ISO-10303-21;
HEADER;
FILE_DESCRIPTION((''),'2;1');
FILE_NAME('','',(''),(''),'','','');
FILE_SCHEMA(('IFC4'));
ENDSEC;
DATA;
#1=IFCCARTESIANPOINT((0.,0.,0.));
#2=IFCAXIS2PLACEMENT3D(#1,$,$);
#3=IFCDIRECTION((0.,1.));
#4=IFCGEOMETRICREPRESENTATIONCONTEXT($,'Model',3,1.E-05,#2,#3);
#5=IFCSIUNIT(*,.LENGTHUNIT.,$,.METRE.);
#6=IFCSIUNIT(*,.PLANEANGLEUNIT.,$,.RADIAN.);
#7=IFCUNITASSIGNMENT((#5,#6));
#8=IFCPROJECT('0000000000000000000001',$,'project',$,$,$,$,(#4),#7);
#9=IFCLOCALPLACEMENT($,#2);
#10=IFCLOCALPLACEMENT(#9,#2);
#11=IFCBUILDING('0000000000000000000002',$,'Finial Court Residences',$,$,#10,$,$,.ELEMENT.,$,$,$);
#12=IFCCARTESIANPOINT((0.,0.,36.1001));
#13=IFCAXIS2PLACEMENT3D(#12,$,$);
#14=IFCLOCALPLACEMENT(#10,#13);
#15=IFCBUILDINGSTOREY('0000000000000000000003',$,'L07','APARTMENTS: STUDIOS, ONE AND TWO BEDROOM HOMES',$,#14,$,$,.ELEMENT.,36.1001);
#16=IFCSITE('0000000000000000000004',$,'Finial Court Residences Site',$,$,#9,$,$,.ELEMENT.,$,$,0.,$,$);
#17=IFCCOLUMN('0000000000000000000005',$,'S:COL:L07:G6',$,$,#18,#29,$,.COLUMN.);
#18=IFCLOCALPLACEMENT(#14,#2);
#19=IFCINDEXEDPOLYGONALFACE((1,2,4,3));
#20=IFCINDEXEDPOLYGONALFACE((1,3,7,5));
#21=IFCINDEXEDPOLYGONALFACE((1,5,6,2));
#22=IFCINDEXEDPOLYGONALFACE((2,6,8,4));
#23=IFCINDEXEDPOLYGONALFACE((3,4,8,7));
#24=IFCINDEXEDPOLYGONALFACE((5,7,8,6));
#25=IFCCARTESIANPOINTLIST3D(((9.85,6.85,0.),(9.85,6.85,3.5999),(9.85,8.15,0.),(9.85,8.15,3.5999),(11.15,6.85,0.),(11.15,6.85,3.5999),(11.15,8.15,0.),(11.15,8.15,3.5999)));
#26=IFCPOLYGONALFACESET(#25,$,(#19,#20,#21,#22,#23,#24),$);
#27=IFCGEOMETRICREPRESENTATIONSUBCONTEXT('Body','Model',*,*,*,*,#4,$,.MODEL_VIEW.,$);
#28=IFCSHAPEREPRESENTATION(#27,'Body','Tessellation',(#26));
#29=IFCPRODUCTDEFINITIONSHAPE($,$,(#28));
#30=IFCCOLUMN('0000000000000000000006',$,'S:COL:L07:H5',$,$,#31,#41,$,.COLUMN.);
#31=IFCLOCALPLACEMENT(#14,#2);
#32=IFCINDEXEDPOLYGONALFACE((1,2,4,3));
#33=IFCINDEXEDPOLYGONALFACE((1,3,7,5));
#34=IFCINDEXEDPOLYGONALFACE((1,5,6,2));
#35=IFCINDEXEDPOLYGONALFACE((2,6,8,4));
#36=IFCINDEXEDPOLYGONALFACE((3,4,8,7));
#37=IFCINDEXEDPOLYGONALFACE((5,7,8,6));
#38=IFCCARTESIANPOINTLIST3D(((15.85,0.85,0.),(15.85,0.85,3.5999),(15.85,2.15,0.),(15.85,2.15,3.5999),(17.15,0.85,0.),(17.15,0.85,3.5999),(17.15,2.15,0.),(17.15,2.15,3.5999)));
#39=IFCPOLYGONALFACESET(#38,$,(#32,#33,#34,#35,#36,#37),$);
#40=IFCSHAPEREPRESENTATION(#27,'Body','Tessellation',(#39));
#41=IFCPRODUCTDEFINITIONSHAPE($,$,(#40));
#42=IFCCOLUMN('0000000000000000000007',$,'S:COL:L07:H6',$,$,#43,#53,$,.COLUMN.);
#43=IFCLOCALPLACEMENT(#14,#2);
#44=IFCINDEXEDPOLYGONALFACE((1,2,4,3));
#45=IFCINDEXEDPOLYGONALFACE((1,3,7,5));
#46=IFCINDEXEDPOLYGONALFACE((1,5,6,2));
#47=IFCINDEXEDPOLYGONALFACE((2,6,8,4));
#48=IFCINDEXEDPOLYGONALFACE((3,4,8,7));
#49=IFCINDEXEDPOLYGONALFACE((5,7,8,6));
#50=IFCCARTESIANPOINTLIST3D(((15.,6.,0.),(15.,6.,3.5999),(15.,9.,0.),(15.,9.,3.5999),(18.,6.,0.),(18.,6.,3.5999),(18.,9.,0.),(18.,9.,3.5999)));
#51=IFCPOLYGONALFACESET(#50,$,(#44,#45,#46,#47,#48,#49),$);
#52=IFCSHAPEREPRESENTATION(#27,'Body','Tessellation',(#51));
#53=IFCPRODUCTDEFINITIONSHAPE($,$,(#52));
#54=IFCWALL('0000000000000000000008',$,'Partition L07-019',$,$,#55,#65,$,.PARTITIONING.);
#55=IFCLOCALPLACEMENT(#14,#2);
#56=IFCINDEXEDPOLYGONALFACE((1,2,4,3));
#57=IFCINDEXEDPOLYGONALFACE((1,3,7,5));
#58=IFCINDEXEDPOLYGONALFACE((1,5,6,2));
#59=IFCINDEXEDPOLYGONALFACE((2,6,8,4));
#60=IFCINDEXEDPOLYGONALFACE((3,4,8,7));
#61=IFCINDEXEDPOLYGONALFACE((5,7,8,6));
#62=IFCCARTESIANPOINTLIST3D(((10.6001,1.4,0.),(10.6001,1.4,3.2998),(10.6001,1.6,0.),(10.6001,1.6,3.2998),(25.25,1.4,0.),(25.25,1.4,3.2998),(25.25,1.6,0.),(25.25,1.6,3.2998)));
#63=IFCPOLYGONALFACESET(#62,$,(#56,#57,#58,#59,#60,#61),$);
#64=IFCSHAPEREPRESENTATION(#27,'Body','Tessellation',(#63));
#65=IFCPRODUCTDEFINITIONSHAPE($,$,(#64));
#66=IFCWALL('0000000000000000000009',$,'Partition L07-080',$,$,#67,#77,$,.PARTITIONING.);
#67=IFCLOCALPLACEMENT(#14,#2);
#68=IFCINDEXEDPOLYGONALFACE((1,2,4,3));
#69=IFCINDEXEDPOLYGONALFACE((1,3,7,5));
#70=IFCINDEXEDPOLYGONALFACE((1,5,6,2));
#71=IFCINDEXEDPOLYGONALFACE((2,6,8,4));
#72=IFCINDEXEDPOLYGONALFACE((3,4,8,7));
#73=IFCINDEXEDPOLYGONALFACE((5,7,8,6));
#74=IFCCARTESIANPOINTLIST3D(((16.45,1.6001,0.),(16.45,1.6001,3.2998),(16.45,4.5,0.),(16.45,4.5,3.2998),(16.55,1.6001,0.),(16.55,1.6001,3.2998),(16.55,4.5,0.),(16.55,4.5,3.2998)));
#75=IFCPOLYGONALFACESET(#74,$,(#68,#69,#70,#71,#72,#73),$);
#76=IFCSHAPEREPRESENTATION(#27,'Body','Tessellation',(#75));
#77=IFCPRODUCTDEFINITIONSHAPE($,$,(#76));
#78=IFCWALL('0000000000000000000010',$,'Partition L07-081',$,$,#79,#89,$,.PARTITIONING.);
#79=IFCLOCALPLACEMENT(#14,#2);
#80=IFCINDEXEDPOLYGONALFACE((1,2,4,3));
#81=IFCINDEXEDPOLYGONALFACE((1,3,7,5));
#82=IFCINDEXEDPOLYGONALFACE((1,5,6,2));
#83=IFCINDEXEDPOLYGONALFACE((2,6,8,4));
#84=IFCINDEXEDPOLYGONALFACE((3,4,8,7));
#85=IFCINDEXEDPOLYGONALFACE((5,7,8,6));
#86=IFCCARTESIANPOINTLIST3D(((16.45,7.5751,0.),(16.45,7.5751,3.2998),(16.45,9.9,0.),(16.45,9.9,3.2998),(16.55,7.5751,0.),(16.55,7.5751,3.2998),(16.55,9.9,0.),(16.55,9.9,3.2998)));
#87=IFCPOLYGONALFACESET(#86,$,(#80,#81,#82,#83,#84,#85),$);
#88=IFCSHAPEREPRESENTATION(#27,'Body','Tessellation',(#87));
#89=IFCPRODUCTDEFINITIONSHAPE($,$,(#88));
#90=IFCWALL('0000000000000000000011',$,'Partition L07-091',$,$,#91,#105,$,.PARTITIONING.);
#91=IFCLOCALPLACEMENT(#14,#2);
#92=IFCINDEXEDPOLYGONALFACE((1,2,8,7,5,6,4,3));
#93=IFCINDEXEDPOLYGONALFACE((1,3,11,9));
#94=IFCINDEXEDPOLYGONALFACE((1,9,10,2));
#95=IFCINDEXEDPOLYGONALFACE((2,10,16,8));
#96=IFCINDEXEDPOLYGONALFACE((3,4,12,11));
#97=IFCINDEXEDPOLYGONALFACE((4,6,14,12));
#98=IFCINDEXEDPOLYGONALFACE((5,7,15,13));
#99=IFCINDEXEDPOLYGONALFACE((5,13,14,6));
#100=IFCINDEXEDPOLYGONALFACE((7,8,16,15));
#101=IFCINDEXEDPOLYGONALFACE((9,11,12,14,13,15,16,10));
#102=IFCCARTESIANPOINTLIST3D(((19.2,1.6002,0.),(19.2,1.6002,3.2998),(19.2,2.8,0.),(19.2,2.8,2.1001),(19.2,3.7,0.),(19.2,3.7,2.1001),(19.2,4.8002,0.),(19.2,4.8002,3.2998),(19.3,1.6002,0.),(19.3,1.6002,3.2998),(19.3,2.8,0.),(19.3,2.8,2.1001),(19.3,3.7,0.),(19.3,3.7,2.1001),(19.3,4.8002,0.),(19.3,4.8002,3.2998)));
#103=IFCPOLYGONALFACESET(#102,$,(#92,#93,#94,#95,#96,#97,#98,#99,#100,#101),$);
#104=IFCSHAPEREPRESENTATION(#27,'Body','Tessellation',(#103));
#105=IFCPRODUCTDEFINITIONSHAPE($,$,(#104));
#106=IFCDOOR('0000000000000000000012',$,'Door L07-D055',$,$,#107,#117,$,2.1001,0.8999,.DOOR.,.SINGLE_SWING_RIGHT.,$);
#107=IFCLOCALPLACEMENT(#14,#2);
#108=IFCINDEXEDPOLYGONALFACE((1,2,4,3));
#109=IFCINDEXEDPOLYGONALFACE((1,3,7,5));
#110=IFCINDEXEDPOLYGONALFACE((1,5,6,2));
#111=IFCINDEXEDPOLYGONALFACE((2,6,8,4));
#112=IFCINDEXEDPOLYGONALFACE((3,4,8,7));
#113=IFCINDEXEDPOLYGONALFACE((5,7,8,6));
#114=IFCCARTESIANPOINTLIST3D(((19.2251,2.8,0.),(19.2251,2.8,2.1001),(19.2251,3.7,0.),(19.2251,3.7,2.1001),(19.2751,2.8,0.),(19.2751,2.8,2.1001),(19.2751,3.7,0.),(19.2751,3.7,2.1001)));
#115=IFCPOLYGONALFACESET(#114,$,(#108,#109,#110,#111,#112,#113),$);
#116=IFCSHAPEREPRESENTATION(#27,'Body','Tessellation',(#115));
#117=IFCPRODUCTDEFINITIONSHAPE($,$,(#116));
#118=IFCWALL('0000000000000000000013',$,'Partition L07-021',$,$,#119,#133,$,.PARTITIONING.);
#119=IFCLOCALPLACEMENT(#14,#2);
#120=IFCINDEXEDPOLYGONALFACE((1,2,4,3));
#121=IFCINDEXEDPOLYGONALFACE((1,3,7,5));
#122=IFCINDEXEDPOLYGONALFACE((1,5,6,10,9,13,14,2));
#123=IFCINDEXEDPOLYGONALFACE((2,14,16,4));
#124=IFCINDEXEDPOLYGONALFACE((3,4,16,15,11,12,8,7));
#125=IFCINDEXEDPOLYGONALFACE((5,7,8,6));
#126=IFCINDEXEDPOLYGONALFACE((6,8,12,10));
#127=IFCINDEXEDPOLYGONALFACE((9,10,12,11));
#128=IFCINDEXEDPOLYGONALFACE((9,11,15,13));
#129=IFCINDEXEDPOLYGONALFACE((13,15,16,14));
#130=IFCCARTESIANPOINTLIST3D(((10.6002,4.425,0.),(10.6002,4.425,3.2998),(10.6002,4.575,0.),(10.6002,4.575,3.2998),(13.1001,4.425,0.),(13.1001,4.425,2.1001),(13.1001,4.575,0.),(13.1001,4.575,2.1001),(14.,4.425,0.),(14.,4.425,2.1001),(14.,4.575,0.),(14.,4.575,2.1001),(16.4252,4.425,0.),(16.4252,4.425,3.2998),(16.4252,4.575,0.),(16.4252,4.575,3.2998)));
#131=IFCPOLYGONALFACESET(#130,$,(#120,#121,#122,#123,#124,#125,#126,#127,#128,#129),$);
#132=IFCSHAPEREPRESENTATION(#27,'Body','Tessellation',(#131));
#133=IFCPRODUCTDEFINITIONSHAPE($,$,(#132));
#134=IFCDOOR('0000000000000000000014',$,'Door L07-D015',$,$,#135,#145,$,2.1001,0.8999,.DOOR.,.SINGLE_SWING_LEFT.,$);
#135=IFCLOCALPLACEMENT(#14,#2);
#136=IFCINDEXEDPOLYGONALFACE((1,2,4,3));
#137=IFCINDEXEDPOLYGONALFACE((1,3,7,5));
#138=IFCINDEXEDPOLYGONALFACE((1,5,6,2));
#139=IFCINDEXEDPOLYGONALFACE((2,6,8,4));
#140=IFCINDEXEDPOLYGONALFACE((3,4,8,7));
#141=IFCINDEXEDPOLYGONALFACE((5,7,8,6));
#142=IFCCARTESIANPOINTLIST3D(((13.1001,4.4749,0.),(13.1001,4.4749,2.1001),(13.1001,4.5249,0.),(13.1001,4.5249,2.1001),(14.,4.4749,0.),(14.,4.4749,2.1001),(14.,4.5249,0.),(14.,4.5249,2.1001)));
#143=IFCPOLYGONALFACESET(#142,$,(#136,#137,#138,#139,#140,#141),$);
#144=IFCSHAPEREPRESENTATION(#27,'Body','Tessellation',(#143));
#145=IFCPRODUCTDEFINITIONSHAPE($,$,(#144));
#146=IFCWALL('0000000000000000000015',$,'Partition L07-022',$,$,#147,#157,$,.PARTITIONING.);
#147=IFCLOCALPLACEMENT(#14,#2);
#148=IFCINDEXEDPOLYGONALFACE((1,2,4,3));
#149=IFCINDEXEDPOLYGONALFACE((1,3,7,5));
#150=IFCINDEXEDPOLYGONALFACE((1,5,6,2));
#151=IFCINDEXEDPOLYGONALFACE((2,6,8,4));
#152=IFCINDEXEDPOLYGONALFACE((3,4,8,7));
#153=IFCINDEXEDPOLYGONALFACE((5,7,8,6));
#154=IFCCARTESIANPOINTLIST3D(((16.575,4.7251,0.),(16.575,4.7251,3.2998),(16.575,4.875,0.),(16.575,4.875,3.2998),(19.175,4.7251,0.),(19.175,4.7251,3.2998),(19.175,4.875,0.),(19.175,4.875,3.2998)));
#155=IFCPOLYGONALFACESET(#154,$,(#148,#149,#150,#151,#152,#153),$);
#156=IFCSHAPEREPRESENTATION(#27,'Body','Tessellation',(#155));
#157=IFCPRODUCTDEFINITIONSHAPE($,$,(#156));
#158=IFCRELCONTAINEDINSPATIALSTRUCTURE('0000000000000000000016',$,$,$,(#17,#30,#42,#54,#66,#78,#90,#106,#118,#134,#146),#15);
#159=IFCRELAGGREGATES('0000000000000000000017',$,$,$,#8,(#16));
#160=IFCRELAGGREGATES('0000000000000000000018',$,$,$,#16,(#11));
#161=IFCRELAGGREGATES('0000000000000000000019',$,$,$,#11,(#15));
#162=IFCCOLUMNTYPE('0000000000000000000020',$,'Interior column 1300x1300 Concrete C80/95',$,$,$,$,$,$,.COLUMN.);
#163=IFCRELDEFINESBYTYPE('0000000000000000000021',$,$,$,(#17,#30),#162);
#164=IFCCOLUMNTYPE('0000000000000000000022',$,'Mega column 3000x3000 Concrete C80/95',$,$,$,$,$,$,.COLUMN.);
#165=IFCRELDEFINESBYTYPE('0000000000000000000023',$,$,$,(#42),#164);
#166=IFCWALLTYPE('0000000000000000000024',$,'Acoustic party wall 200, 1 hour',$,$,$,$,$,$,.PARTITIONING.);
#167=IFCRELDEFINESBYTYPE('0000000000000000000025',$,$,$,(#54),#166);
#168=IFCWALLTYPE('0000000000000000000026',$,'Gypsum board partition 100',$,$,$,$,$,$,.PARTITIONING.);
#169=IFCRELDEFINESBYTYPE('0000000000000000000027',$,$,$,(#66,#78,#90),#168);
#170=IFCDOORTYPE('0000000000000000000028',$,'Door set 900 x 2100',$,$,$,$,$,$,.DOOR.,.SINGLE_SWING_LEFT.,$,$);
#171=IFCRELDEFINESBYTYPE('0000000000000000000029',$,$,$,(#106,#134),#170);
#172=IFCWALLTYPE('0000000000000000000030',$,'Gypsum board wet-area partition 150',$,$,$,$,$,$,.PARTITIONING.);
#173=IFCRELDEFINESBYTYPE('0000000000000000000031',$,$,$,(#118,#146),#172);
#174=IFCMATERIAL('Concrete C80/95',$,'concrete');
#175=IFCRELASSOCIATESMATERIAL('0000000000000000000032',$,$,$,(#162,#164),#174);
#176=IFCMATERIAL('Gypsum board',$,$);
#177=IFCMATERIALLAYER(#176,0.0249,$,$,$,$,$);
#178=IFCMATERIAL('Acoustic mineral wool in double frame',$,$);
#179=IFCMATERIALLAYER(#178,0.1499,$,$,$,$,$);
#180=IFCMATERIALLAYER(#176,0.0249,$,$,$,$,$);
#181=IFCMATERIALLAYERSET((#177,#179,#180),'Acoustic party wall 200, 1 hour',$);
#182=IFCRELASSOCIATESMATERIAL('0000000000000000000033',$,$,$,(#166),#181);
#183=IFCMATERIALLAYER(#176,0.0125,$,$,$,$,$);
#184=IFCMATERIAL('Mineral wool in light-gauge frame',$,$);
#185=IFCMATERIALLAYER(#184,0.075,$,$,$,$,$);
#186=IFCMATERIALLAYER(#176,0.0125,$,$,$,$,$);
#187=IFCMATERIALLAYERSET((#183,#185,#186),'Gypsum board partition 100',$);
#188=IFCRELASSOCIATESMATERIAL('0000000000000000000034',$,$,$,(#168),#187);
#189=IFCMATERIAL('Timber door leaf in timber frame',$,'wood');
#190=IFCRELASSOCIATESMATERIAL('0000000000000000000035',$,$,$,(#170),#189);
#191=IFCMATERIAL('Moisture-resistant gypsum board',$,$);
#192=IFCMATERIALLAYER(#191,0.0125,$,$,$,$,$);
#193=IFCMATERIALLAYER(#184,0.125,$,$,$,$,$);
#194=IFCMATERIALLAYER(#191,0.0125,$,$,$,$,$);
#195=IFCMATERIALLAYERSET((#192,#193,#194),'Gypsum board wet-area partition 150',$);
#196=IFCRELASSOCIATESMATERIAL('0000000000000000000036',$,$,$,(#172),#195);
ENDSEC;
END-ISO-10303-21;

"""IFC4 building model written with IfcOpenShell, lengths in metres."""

from ifc_helpers import new_model, si_unit, direction, frame, frame_2d, origin, origin_2d, place, context, subcontext, project, spatial, rectangle, extrude, material, layer, layer_set, material_profile, profile_set, type_object, element, fill, save


model = new_model("IFC4")

# Units and contexts
model_context = context("Model", 3, precision=1e-05, world=origin(), true_north=direction((0.0, 1.0)))
body_context = subcontext(model_context, "Body", "Model", "MODEL_VIEW")
ifc_project = project(units=[si_unit("LENGTHUNIT", "METRE"), si_unit("PLANEANGLEUNIT", "RADIAN")], contexts=[model_context])

# Site, building, storey
site_placement = place(None, origin())
site = spatial("IfcSite", under=ifc_project, at=site_placement, Name="Finial Court Residences Site", CompositionType="ELEMENT", RefElevation=0.0)
building_placement = place(site_placement, origin())
building = spatial("IfcBuilding", under=site, at=building_placement, Name="Finial Court Residences", CompositionType="ELEMENT")
storey_placement = place(building_placement, frame((0.0, 0.0, 36.1001)))
storey = spatial("IfcBuildingStorey", under=building, at=storey_placement, Name="L07", Description="APARTMENTS: STUDIOS, ONE AND TWO BEDROOM HOMES", CompositionType="ELEMENT", Elevation=36.1001)

# Columns
ifc_material_1 = material(Name="Concrete C80/95", Category="concrete")
ifc_material_profile_1 = material_profile(ifc_material_1, rectangle(XDim=1.3, YDim=1.3, at=origin_2d()), Name="1300x1300")
ifc_profile_set_1 = profile_set([ifc_material_profile_1], Name="Concrete C80/95")
column_type_1 = type_object("IfcColumnType", Name="Interior column 1300x1300 Concrete C80/95", PredefinedType="COLUMN", material=ifc_profile_set_1)
for number, where, z_axis, x_axis, name in (
    (1, (10.5, 7.5, 0.0), (0.0, 0.0, 1.0), (1.0, 0.0, 0.0), "S:COL:L07:G6"),
    (2, (16.5, 1.5, 0.0), (0.0, 0.0, 1.0), (1.0, 0.0, 0.0), "S:COL:L07:H5"),
):
    element("IfcColumn", number, at=place(storey_placement, frame(where, z_axis=z_axis, x_axis=x_axis)), inside=storey, type_object=column_type_1, Name=name, PredefinedType="COLUMN", context=body_context, shape_type="SweptSolid", body=[
        extrude(rectangle(XDim=1.3, YDim=1.3, at=origin_2d()), origin(), (0.0, 0.0, 1.0), 3.5999),
    ])
ifc_material_profile_2 = material_profile(ifc_material_1, rectangle(XDim=3.0, YDim=3.0, at=origin_2d()), Name="3000x3000")
ifc_profile_set_2 = profile_set([ifc_material_profile_2], Name="Concrete C80/95")
column_type_2 = type_object("IfcColumnType", Name="Mega column 3000x3000 Concrete C80/95", PredefinedType="COLUMN", material=ifc_profile_set_2)
column_placement = place(storey_placement, frame((16.5, 7.5, 0.0), z_axis=(0.0, 0.0, 1.0), x_axis=(1.0, 0.0, 0.0)))
element("IfcColumn", 3, at=column_placement, inside=storey, type_object=column_type_2, Name="S:COL:L07:H6", PredefinedType="COLUMN", context=body_context, shape_type="SweptSolid", body=[
    extrude(rectangle(XDim=3.0, YDim=3.0, at=origin_2d()), origin(), (0.0, 0.0, 1.0), 3.5999),
])

# Walls
ifc_material_2 = material(Name="Gypsum board")
ifc_layer_1 = layer(ifc_material_2, 0.0249)
ifc_material_3 = material(Name="Acoustic mineral wool in double frame")
ifc_layer_2 = layer(ifc_material_3, 0.1499)
ifc_layer_3 = layer(ifc_material_2, 0.0249)
ifc_layer_set_1 = layer_set([ifc_layer_1, ifc_layer_2, ifc_layer_3], Name="Acoustic party wall 200, 1 hour")
wall_type_1 = type_object("IfcWallType", Name="Acoustic party wall 200, 1 hour", PredefinedType="PARTITIONING", material=ifc_layer_set_1)
wall_1_placement = place(storey_placement, frame((10.6001, 1.5, 0.0), z_axis=(0.0, 0.0, 1.0), x_axis=(1.0, 0.0, 0.0)))
element("IfcWall", 4, at=wall_1_placement, inside=storey, type_object=wall_type_1, Name="Partition L07-019", PredefinedType="PARTITIONING", context=body_context, shape_type="SweptSolid", body=[
    extrude(rectangle(XDim=14.6499, YDim=0.2, at=frame_2d((7.325, 0.0))), origin(), (0.0, 0.0, 1.0), 3.2998),
])
ifc_layer_4 = layer(ifc_material_2, 0.0125)
ifc_material_4 = material(Name="Mineral wool in light-gauge frame")
ifc_layer_5 = layer(ifc_material_4, 0.075)
ifc_layer_6 = layer(ifc_material_2, 0.0125)
ifc_layer_set_2 = layer_set([ifc_layer_4, ifc_layer_5, ifc_layer_6], Name="Gypsum board partition 100")
wall_type_2 = type_object("IfcWallType", Name="Gypsum board partition 100", PredefinedType="PARTITIONING", material=ifc_layer_set_2)
wall_2_placement = place(storey_placement, frame((16.5, 1.6001, 0.0), z_axis=(0.0, 0.0, 1.0), x_axis=(0.0, 1.0, 0.0)))
element("IfcWall", 5, at=wall_2_placement, inside=storey, type_object=wall_type_2, Name="Partition L07-080", PredefinedType="PARTITIONING", context=body_context, shape_type="SweptSolid", body=[
    extrude(rectangle(XDim=2.8999, YDim=0.1001, at=frame_2d((1.45, 0.0))), origin(), (0.0, 0.0, 1.0), 3.2998),
])
wall_3_placement = place(storey_placement, frame((16.5, 7.575, 0.0), z_axis=(0.0, 0.0, 1.0), x_axis=(0.0, 1.0, 0.0)))
element("IfcWall", 6, at=wall_3_placement, inside=storey, type_object=wall_type_2, Name="Partition L07-081", PredefinedType="PARTITIONING", context=body_context, shape_type="SweptSolid", body=[
    extrude(rectangle(XDim=2.325, YDim=0.1001, at=frame_2d((1.1626, 0.0))), origin(), (0.0, 0.0, 1.0), 3.2998),
])

# Walls, openings, doors
wall_4_placement = place(storey_placement, frame((19.25, 1.6001, 0.0), z_axis=(0.0, 0.0, 1.0), x_axis=(0.0, 1.0, 0.0)))
wall_4 = element("IfcWall", 7, at=wall_4_placement, inside=storey, type_object=wall_type_2, Name="Partition L07-091", PredefinedType="PARTITIONING", context=body_context, shape_type="SweptSolid", body=[
    extrude(rectangle(XDim=3.2, YDim=0.1001, at=frame_2d((1.6001, 0.0))), origin(), (0.0, 0.0, 1.0), 3.2998),
])
opening_1_placement = place(wall_4_placement, frame((1.2, 0.0, 0.0)))
opening_1 = element("IfcOpeningElement", 8, at=opening_1_placement, cuts=wall_4, PredefinedType="OPENING", context=body_context, shape_type="SweptSolid", body=[
    extrude(rectangle(XDim=0.8999, YDim=2.1001, at=frame_2d((0.45, 1.05))), frame((0.0, 0.0601, 0.0), z_axis=(0.0, -1.0, 0.0), x_axis=(1.0, 0.0, 0.0)), (0.0, 0.0, 1.0), 0.1201),
])
ifc_material_5 = material(Name="Timber door leaf in timber frame", Category="wood")
door_type = type_object("IfcDoorType", Name="Door set 900 x 2100", OperationType="SINGLE_SWING_LEFT", PredefinedType="DOOR", material=ifc_material_5)
door_1_placement = place(opening_1_placement, origin())
door_1 = element("IfcDoor", 9, at=door_1_placement, inside=storey, type_object=door_type, Name="Door L07-D055", OperationType="SINGLE_SWING_RIGHT", OverallHeight=2.1001, OverallWidth=0.8999, PredefinedType="DOOR", context=body_context, shape_type="SweptSolid", body=[
    extrude(rectangle(XDim=0.8999, YDim=2.1001, at=frame_2d((0.45, 1.05))), frame((0.0, 0.0249, 0.0), z_axis=(0.0, -1.0, 0.0), x_axis=(1.0, 0.0, 0.0)), (0.0, 0.0, 1.0), 0.05),
])
fill(opening_1, door_1)
ifc_material_6 = material(Name="Moisture-resistant gypsum board")
ifc_layer_7 = layer(ifc_material_6, 0.0125)
ifc_layer_8 = layer(ifc_material_4, 0.125)
ifc_layer_9 = layer(ifc_material_6, 0.0125)
ifc_layer_set_3 = layer_set([ifc_layer_7, ifc_layer_8, ifc_layer_9], Name="Gypsum board wet-area partition 150")
wall_type_3 = type_object("IfcWallType", Name="Gypsum board wet-area partition 150", PredefinedType="PARTITIONING", material=ifc_layer_set_3)
wall_5_placement = place(storey_placement, frame((10.6001, 4.5, 0.0), z_axis=(0.0, 0.0, 1.0), x_axis=(1.0, 0.0, 0.0)))
wall_5 = element("IfcWall", 10, at=wall_5_placement, inside=storey, type_object=wall_type_3, Name="Partition L07-021", PredefinedType="PARTITIONING", context=body_context, shape_type="SweptSolid", body=[
    extrude(rectangle(XDim=5.825, YDim=0.1499, at=frame_2d((2.9126, 0.0))), origin(), (0.0, 0.0, 1.0), 3.2998),
])
opening_2_placement = place(wall_5_placement, frame((2.5, 0.0, 0.0)))
opening_2 = element("IfcOpeningElement", 11, at=opening_2_placement, cuts=wall_5, PredefinedType="OPENING", context=body_context, shape_type="SweptSolid", body=[
    extrude(rectangle(XDim=0.8999, YDim=2.1001, at=frame_2d((0.45, 1.05))), frame((0.0, 0.085, 0.0), z_axis=(0.0, -1.0, 0.0), x_axis=(1.0, 0.0, 0.0)), (0.0, 0.0, 1.0), 0.1699),
])
door_2_placement = place(opening_2_placement, origin())
door_2 = element("IfcDoor", 12, at=door_2_placement, inside=storey, type_object=door_type, Name="Door L07-D015", OperationType="SINGLE_SWING_LEFT", OverallHeight=2.1001, OverallWidth=0.8999, PredefinedType="DOOR", context=body_context, shape_type="SweptSolid", body=[
    extrude(rectangle(XDim=0.8999, YDim=2.1001, at=frame_2d((0.45, 1.05))), frame((0.0, 0.0249, 0.0), z_axis=(0.0, -1.0, 0.0), x_axis=(1.0, 0.0, 0.0)), (0.0, 0.0, 1.0), 0.05),
])
fill(opening_2, door_2)

# Wall
wall_6_placement = place(storey_placement, frame((16.575, 4.8, 0.0), z_axis=(0.0, 0.0, 1.0), x_axis=(1.0, 0.0, 0.0)))
element("IfcWall", 13, at=wall_6_placement, inside=storey, type_object=wall_type_3, Name="Partition L07-022", PredefinedType="PARTITIONING", context=body_context, shape_type="SweptSolid", body=[
    extrude(rectangle(XDim=2.6001, YDim=0.1499, at=frame_2d((1.3, 0.0))), origin(), (0.0, 0.0, 1.0), 3.2998),
])

save(model, "model.ifc")
